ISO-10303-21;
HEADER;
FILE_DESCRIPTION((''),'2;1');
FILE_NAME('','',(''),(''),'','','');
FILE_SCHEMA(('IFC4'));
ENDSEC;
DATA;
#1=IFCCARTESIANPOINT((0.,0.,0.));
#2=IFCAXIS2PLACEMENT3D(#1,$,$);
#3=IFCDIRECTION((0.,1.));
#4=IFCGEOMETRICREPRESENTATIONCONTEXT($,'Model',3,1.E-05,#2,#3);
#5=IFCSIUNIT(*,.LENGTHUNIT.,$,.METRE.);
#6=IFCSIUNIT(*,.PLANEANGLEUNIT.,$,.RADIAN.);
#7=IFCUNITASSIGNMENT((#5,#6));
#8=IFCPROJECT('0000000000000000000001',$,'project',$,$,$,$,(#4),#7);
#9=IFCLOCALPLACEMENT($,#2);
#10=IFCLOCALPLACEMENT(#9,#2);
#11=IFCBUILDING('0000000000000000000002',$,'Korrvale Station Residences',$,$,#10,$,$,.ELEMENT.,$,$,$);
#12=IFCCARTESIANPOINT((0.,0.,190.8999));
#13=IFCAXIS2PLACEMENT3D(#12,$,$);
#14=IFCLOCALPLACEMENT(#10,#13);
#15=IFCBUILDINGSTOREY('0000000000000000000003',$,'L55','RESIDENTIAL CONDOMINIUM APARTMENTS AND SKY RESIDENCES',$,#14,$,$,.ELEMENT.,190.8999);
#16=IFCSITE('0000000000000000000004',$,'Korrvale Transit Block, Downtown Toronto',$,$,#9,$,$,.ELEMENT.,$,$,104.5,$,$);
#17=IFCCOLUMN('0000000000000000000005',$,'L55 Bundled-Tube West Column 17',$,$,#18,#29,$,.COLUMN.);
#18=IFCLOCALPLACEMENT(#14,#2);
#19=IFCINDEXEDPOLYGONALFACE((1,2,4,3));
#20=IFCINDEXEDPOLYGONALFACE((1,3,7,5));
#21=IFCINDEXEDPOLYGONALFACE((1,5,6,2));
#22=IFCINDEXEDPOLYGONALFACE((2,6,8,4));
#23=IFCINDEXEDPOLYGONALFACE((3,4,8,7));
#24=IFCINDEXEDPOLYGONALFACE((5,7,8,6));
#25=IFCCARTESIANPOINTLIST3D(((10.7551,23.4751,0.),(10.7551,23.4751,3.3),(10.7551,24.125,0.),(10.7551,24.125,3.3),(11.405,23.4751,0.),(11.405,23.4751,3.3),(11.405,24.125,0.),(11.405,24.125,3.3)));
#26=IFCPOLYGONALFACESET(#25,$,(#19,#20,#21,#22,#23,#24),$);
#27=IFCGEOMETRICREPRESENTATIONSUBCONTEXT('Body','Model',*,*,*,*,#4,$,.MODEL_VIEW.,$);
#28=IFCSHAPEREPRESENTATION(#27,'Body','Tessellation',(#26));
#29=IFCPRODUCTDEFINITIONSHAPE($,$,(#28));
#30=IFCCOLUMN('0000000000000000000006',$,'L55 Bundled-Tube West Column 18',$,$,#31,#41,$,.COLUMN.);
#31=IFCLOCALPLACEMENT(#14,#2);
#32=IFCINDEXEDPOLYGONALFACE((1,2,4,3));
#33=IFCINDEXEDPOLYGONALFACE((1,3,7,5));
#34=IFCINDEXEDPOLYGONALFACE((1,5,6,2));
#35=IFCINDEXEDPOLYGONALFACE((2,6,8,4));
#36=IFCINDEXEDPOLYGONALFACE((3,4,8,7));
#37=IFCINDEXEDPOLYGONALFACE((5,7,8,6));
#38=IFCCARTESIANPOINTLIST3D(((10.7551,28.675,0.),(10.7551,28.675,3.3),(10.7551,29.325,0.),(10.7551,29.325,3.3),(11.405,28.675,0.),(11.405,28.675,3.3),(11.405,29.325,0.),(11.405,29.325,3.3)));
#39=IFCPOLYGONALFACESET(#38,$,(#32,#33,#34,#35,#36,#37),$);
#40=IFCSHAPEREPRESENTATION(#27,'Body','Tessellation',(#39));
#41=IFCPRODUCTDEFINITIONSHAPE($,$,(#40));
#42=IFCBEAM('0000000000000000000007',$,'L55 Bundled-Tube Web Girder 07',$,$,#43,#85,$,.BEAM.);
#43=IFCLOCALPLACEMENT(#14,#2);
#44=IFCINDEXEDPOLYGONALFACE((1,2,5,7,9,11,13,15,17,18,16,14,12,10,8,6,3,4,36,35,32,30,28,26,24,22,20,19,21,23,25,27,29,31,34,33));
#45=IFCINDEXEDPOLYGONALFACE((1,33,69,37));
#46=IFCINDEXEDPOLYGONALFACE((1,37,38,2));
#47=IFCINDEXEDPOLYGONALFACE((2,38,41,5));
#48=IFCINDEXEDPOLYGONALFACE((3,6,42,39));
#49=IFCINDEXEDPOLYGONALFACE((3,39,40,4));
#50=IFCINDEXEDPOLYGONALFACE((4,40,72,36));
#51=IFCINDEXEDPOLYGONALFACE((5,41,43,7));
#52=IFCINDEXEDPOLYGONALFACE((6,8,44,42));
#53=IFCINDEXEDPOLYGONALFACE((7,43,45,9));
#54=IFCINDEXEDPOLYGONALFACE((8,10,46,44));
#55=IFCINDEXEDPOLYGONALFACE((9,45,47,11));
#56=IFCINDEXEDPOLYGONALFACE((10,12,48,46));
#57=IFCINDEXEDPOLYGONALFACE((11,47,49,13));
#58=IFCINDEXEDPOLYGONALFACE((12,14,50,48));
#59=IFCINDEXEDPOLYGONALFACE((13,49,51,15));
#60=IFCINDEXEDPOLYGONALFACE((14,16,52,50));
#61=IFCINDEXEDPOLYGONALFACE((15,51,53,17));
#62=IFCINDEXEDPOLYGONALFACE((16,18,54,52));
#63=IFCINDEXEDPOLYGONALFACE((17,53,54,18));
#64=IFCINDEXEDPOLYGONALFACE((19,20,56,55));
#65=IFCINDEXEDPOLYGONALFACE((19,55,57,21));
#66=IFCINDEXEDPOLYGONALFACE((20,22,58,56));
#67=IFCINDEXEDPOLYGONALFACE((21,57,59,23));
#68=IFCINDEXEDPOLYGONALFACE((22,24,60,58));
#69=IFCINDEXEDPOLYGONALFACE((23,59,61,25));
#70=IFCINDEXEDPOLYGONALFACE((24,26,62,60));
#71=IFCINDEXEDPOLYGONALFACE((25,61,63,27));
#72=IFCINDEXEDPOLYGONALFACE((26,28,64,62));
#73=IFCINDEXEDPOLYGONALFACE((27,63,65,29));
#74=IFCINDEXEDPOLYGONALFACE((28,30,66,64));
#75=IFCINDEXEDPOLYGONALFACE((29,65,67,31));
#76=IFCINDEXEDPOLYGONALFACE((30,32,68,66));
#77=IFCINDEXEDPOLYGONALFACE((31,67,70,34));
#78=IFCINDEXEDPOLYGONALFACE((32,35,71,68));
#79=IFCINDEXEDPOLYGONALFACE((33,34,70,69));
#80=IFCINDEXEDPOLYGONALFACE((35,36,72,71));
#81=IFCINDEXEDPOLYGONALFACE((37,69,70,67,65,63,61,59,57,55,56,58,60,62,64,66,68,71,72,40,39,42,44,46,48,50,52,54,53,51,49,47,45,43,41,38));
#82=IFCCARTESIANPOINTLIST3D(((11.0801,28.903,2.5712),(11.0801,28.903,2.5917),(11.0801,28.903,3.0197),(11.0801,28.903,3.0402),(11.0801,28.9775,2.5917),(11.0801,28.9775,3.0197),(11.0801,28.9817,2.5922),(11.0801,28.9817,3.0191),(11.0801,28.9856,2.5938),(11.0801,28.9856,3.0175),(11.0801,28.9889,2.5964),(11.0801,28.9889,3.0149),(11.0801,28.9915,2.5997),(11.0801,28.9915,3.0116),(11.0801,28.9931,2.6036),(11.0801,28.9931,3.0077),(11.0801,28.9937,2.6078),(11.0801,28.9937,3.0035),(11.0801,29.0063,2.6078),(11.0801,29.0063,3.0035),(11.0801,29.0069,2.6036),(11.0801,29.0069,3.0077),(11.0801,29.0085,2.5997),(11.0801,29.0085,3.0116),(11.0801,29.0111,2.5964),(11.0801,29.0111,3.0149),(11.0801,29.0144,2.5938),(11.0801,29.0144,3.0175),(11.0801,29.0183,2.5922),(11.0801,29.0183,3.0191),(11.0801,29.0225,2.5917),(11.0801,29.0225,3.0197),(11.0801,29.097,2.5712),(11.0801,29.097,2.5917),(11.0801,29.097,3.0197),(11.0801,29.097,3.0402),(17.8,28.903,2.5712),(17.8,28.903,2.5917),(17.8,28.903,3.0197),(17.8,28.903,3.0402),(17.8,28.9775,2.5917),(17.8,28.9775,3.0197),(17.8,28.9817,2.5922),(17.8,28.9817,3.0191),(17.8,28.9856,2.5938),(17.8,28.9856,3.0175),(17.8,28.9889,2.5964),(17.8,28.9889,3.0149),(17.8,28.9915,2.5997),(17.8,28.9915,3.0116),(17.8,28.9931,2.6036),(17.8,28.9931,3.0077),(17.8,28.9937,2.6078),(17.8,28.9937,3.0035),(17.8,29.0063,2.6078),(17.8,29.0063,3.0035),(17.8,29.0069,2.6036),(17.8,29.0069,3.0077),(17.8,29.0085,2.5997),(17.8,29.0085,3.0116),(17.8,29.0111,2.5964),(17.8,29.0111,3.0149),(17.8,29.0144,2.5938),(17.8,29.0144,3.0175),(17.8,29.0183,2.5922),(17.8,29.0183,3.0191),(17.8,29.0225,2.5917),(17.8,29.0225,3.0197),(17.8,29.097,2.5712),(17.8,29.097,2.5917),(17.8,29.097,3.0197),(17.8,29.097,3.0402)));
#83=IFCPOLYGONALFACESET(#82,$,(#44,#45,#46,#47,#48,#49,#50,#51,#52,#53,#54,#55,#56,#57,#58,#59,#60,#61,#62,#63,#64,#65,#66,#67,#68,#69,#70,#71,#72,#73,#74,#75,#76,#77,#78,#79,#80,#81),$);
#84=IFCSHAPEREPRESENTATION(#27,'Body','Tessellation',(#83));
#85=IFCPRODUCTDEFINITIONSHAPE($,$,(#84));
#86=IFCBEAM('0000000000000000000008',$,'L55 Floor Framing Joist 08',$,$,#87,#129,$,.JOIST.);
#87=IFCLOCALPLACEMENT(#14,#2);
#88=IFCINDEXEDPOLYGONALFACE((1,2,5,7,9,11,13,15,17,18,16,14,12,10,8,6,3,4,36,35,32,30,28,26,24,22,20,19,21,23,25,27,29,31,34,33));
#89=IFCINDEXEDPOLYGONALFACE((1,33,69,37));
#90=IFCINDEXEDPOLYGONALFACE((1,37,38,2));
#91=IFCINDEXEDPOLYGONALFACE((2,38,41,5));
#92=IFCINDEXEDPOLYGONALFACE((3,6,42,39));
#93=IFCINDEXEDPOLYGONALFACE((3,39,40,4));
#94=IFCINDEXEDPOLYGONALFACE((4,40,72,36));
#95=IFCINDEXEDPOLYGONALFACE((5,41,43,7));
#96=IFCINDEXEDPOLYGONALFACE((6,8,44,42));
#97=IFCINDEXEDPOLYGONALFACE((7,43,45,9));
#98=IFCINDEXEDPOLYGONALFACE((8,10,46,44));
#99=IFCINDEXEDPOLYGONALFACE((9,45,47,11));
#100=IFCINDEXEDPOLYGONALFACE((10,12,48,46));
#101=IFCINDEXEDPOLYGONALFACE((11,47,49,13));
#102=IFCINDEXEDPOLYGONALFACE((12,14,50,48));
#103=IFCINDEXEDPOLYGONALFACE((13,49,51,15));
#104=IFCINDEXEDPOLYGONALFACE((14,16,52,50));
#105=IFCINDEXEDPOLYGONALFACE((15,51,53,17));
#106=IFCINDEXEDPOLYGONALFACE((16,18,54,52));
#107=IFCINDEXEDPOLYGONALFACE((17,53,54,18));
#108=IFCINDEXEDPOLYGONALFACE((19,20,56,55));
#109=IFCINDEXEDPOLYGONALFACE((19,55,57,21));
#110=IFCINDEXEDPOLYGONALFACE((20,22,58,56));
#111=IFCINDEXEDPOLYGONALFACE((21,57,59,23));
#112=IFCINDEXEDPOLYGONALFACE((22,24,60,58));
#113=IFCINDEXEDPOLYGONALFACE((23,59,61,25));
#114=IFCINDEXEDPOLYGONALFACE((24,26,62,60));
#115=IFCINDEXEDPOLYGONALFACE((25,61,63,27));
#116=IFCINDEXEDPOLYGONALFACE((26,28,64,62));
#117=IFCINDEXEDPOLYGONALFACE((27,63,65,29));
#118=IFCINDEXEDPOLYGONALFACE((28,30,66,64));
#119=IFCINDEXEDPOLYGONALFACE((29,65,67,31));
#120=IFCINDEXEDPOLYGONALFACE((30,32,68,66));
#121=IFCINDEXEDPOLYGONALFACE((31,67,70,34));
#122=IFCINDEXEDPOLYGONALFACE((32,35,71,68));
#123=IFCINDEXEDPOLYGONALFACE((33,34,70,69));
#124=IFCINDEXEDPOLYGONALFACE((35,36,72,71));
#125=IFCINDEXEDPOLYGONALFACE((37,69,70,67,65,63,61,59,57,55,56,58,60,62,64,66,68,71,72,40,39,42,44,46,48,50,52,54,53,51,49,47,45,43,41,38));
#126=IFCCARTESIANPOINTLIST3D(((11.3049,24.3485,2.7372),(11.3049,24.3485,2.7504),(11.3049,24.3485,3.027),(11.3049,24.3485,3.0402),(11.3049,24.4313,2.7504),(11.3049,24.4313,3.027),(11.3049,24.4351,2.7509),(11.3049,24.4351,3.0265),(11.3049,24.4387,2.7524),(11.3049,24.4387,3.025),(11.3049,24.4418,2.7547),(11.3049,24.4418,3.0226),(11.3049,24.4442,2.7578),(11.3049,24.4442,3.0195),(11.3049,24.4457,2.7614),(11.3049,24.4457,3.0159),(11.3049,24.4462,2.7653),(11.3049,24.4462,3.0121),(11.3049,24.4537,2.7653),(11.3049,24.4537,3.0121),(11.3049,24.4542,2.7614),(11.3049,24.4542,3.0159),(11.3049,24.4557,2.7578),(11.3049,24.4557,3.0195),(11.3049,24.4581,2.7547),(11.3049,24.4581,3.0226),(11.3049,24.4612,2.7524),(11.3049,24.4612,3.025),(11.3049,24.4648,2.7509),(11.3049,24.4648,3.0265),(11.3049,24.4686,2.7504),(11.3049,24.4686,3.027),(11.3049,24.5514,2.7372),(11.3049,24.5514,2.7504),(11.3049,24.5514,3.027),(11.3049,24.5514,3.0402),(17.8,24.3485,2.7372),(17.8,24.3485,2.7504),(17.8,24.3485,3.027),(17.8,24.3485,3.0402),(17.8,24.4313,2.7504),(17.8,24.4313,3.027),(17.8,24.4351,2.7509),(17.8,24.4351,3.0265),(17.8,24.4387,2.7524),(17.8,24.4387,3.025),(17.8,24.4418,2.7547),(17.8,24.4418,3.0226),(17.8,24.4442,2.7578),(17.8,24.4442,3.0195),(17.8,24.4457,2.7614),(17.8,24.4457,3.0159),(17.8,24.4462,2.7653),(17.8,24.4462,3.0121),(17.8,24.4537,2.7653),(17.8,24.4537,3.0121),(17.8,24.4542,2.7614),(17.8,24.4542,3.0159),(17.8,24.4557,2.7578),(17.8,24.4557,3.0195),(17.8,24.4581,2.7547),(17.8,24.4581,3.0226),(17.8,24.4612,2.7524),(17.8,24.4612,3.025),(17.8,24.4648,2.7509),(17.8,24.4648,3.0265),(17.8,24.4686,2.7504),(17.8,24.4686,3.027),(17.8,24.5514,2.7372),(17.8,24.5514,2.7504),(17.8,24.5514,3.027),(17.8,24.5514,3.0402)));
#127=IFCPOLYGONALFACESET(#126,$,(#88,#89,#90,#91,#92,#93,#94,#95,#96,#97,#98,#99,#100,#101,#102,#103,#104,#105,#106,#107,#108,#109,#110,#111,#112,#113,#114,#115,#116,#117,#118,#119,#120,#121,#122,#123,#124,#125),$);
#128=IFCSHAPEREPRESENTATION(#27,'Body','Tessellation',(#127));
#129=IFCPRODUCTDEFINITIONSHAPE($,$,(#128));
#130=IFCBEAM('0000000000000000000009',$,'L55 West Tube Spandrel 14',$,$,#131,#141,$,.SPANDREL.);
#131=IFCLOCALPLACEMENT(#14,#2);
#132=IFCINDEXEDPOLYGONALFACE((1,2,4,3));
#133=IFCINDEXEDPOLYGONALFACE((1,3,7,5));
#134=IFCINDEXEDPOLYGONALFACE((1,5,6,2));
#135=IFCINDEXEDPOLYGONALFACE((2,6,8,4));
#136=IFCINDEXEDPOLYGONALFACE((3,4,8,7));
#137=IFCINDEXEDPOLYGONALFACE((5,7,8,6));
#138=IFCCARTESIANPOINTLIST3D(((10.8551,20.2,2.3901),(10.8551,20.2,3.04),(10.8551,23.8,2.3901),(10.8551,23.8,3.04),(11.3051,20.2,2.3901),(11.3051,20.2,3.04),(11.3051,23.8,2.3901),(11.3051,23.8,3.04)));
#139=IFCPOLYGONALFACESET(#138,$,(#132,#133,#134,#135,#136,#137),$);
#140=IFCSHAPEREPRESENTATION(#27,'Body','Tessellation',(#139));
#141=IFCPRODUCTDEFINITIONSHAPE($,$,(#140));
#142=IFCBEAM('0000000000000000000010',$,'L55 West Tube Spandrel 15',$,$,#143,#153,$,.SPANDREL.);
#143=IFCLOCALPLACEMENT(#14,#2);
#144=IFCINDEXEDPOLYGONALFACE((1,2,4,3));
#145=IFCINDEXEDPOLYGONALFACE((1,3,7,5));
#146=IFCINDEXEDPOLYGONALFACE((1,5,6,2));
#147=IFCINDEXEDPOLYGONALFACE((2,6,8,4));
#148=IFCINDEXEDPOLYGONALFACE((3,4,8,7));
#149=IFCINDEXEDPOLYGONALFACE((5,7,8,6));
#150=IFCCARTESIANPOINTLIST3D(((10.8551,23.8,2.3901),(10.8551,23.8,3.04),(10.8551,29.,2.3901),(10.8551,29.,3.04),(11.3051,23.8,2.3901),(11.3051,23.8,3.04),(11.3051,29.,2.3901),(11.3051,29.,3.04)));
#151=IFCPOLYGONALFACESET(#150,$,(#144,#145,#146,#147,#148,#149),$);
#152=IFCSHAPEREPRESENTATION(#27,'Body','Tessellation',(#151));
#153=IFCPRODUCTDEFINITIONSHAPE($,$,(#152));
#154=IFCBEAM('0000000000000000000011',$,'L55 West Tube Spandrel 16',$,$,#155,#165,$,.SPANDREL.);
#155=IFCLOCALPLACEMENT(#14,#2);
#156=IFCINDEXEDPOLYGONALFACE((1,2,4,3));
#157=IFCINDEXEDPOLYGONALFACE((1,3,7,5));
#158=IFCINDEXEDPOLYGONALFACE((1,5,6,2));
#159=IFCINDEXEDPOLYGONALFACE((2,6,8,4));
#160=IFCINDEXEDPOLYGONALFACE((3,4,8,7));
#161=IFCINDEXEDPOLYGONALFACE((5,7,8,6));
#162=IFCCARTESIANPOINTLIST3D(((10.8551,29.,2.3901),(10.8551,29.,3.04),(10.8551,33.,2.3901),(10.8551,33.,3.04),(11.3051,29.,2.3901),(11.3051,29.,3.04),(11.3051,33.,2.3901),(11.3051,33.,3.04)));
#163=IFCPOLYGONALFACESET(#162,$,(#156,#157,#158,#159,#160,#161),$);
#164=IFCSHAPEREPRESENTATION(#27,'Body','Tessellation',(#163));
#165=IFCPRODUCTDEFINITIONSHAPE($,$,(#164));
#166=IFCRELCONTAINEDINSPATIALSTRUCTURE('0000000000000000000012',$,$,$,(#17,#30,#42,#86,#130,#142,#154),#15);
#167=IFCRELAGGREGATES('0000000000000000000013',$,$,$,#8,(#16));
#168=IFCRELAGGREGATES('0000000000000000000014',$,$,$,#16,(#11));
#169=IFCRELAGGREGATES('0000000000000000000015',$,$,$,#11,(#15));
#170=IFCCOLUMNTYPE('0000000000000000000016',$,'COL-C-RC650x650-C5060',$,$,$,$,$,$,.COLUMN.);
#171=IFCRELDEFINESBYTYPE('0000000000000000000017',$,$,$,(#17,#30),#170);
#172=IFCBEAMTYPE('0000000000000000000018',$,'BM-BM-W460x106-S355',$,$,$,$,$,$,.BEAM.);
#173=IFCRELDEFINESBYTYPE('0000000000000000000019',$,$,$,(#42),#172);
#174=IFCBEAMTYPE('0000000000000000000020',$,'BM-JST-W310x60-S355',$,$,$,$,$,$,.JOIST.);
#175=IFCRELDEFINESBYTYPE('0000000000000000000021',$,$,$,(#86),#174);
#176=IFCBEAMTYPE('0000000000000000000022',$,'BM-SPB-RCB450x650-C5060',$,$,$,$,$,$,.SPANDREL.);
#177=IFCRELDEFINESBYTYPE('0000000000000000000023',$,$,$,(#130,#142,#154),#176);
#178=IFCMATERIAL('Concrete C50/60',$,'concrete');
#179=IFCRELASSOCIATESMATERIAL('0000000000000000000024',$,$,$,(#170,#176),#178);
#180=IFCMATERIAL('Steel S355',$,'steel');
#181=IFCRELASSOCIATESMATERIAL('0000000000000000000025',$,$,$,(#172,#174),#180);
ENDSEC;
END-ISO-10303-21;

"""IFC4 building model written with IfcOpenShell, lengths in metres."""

from ifc_helpers import new_model, si_unit, direction, frame, origin, origin_2d, place, context, subcontext, project, spatial, rectangle, i_section, extrude, material, material_profile, profile_set, type_object, element, save


model = new_model("IFC4")

# Units and contexts
model_context = context("Model", 3, precision=1e-05, world=origin(), true_north=direction((0.0, 1.0)))
body_context = subcontext(model_context, "Body", "Model", "MODEL_VIEW")
ifc_project = project(units=[si_unit("LENGTHUNIT", "METRE"), si_unit("PLANEANGLEUNIT", "RADIAN")], contexts=[model_context])

# Site, building, storey
site_placement = place(None, origin())
site = spatial("IfcSite", under=ifc_project, at=site_placement, Name="Korrvale Transit Block, Downtown Toronto", CompositionType="ELEMENT", RefElevation=104.5)
building_placement = place(site_placement, origin())
building = spatial("IfcBuilding", under=site, at=building_placement, Name="Korrvale Station Residences", CompositionType="ELEMENT")
storey_placement = place(building_placement, frame((0.0, 0.0, 190.8999)))
storey = spatial("IfcBuildingStorey", under=building, at=storey_placement, Name="L55", Description="RESIDENTIAL CONDOMINIUM APARTMENTS AND SKY RESIDENCES", CompositionType="ELEMENT", Elevation=190.8999)

# Columns
ifc_material_1 = material(Name="Concrete C50/60", Category="concrete")
ifc_material_profile_1 = material_profile(ifc_material_1, rectangle(XDim=0.6499, YDim=0.6499, at=origin_2d()), Name="RC650x650")
ifc_profile_set_1 = profile_set([ifc_material_profile_1], Name="Concrete C50/60")
column_type = type_object("IfcColumnType", Name="COL-C-RC650x650-C5060", PredefinedType="COLUMN", material=ifc_profile_set_1)
for number, where, z_axis, x_axis, name in (
    (1, (11.0801, 23.8, 0.0), (0.0, 0.0, 1.0), (1.0, 0.0, 0.0), "L55 Bundled-Tube West Column 17"),
    (2, (11.0801, 29.0, 0.0), (0.0, 0.0, 1.0), (1.0, 0.0, 0.0), "L55 Bundled-Tube West Column 18"),
):
    element("IfcColumn", number, at=place(storey_placement, frame(where, z_axis=z_axis, x_axis=x_axis)), inside=storey, type_object=column_type, Name=name, PredefinedType="COLUMN", context=body_context, shape_type="SweptSolid", body=[
        extrude(rectangle(XDim=0.6499, YDim=0.6499, at=origin_2d()), origin(), (0.0, 0.0, 1.0), 3.3),
    ])

# Beams
ifc_material_2 = material(Name="Steel S355", Category="steel")
ifc_material_profile_2 = material_profile(ifc_material_2, i_section(OverallWidth=0.1941, OverallDepth=0.469, WebThickness=0.0127, FlangeThickness=0.0205, FilletRadius=0.0161, at=origin_2d()), Name="W460x106")
ifc_profile_set_2 = profile_set([ifc_material_profile_2], Name="Steel S355")
beam_type_1 = type_object("IfcBeamType", Name="BM-BM-W460x106-S355", PredefinedType="BEAM", material=ifc_profile_set_2)
beam_1_placement = place(storey_placement, frame((11.0801, 29.0, 2.8057), z_axis=(1.0, 0.0, 0.0), x_axis=(0.0, 1.0, 0.0)))
element("IfcBeam", 3, at=beam_1_placement, inside=storey, type_object=beam_type_1, Name="L55 Bundled-Tube Web Girder 07", PredefinedType="BEAM", context=body_context, shape_type="SweptSolid", body=[
    extrude(i_section(OverallWidth=0.1941, OverallDepth=0.469, WebThickness=0.0127, FlangeThickness=0.0205, FilletRadius=0.0161, at=origin_2d()), origin(), (0.0, 0.0, 1.0), 6.72),
])
ifc_material_profile_3 = material_profile(ifc_material_2, i_section(OverallWidth=0.2029, OverallDepth=0.303, WebThickness=0.0076, FlangeThickness=0.0132, FilletRadius=0.0149, at=origin_2d()), Name="W310x60")
ifc_profile_set_3 = profile_set([ifc_material_profile_3], Name="Steel S355")
beam_type_2 = type_object("IfcBeamType", Name="BM-JST-W310x60-S355", PredefinedType="JOIST", material=ifc_profile_set_3)
beam_2_placement = place(storey_placement, frame((11.3049, 24.45, 2.8887), z_axis=(1.0, 0.0, 0.0), x_axis=(0.0, 1.0, 0.0)))
element("IfcBeam", 4, at=beam_2_placement, inside=storey, type_object=beam_type_2, Name="L55 Floor Framing Joist 08", PredefinedType="JOIST", context=body_context, shape_type="SweptSolid", body=[
    extrude(i_section(OverallWidth=0.2029, OverallDepth=0.303, WebThickness=0.0076, FlangeThickness=0.0132, FilletRadius=0.0149, at=origin_2d()), origin(), (0.0, 0.0, 1.0), 6.4951),
])
ifc_material_profile_4 = material_profile(ifc_material_1, rectangle(XDim=0.45, YDim=0.6499, at=origin_2d()), Name="RCB450x650")
ifc_profile_set_4 = profile_set([ifc_material_profile_4], Name="Concrete C50/60")
beam_type_3 = type_object("IfcBeamType", Name="BM-SPB-RCB450x650-C5060", PredefinedType="SPANDREL", material=ifc_profile_set_4)
beam_3_placement = place(storey_placement, frame((11.0801, 20.2, 2.7151), z_axis=(0.0, 1.0, 0.0), x_axis=(-1.0, 0.0, 0.0)))
element("IfcBeam", 5, at=beam_3_placement, inside=storey, type_object=beam_type_3, Name="L55 West Tube Spandrel 14", PredefinedType="SPANDREL", context=body_context, shape_type="SweptSolid", body=[
    extrude(rectangle(XDim=0.45, YDim=0.6499, at=origin_2d()), origin(), (0.0, 0.0, 1.0), 3.6001),
])
beam_4_placement = place(storey_placement, frame((11.0801, 23.8, 2.7151), z_axis=(0.0, 1.0, 0.0), x_axis=(-1.0, 0.0, 0.0)))
element("IfcBeam", 6, at=beam_4_placement, inside=storey, type_object=beam_type_3, Name="L55 West Tube Spandrel 15", PredefinedType="SPANDREL", context=body_context, shape_type="SweptSolid", body=[
    extrude(rectangle(XDim=0.45, YDim=0.6499, at=origin_2d()), origin(), (0.0, 0.0, 1.0), 5.2),
])
beam_5_placement = place(storey_placement, frame((11.0801, 29.0, 2.7151), z_axis=(0.0, 1.0, 0.0), x_axis=(-1.0, 0.0, 0.0)))
element("IfcBeam", 7, at=beam_5_placement, inside=storey, type_object=beam_type_3, Name="L55 West Tube Spandrel 16", PredefinedType="SPANDREL", context=body_context, shape_type="SweptSolid", body=[
    extrude(rectangle(XDim=0.45, YDim=0.6499, at=origin_2d()), origin(), (0.0, 0.0, 1.0), 4.0),
])

save(model, "model.ifc")
